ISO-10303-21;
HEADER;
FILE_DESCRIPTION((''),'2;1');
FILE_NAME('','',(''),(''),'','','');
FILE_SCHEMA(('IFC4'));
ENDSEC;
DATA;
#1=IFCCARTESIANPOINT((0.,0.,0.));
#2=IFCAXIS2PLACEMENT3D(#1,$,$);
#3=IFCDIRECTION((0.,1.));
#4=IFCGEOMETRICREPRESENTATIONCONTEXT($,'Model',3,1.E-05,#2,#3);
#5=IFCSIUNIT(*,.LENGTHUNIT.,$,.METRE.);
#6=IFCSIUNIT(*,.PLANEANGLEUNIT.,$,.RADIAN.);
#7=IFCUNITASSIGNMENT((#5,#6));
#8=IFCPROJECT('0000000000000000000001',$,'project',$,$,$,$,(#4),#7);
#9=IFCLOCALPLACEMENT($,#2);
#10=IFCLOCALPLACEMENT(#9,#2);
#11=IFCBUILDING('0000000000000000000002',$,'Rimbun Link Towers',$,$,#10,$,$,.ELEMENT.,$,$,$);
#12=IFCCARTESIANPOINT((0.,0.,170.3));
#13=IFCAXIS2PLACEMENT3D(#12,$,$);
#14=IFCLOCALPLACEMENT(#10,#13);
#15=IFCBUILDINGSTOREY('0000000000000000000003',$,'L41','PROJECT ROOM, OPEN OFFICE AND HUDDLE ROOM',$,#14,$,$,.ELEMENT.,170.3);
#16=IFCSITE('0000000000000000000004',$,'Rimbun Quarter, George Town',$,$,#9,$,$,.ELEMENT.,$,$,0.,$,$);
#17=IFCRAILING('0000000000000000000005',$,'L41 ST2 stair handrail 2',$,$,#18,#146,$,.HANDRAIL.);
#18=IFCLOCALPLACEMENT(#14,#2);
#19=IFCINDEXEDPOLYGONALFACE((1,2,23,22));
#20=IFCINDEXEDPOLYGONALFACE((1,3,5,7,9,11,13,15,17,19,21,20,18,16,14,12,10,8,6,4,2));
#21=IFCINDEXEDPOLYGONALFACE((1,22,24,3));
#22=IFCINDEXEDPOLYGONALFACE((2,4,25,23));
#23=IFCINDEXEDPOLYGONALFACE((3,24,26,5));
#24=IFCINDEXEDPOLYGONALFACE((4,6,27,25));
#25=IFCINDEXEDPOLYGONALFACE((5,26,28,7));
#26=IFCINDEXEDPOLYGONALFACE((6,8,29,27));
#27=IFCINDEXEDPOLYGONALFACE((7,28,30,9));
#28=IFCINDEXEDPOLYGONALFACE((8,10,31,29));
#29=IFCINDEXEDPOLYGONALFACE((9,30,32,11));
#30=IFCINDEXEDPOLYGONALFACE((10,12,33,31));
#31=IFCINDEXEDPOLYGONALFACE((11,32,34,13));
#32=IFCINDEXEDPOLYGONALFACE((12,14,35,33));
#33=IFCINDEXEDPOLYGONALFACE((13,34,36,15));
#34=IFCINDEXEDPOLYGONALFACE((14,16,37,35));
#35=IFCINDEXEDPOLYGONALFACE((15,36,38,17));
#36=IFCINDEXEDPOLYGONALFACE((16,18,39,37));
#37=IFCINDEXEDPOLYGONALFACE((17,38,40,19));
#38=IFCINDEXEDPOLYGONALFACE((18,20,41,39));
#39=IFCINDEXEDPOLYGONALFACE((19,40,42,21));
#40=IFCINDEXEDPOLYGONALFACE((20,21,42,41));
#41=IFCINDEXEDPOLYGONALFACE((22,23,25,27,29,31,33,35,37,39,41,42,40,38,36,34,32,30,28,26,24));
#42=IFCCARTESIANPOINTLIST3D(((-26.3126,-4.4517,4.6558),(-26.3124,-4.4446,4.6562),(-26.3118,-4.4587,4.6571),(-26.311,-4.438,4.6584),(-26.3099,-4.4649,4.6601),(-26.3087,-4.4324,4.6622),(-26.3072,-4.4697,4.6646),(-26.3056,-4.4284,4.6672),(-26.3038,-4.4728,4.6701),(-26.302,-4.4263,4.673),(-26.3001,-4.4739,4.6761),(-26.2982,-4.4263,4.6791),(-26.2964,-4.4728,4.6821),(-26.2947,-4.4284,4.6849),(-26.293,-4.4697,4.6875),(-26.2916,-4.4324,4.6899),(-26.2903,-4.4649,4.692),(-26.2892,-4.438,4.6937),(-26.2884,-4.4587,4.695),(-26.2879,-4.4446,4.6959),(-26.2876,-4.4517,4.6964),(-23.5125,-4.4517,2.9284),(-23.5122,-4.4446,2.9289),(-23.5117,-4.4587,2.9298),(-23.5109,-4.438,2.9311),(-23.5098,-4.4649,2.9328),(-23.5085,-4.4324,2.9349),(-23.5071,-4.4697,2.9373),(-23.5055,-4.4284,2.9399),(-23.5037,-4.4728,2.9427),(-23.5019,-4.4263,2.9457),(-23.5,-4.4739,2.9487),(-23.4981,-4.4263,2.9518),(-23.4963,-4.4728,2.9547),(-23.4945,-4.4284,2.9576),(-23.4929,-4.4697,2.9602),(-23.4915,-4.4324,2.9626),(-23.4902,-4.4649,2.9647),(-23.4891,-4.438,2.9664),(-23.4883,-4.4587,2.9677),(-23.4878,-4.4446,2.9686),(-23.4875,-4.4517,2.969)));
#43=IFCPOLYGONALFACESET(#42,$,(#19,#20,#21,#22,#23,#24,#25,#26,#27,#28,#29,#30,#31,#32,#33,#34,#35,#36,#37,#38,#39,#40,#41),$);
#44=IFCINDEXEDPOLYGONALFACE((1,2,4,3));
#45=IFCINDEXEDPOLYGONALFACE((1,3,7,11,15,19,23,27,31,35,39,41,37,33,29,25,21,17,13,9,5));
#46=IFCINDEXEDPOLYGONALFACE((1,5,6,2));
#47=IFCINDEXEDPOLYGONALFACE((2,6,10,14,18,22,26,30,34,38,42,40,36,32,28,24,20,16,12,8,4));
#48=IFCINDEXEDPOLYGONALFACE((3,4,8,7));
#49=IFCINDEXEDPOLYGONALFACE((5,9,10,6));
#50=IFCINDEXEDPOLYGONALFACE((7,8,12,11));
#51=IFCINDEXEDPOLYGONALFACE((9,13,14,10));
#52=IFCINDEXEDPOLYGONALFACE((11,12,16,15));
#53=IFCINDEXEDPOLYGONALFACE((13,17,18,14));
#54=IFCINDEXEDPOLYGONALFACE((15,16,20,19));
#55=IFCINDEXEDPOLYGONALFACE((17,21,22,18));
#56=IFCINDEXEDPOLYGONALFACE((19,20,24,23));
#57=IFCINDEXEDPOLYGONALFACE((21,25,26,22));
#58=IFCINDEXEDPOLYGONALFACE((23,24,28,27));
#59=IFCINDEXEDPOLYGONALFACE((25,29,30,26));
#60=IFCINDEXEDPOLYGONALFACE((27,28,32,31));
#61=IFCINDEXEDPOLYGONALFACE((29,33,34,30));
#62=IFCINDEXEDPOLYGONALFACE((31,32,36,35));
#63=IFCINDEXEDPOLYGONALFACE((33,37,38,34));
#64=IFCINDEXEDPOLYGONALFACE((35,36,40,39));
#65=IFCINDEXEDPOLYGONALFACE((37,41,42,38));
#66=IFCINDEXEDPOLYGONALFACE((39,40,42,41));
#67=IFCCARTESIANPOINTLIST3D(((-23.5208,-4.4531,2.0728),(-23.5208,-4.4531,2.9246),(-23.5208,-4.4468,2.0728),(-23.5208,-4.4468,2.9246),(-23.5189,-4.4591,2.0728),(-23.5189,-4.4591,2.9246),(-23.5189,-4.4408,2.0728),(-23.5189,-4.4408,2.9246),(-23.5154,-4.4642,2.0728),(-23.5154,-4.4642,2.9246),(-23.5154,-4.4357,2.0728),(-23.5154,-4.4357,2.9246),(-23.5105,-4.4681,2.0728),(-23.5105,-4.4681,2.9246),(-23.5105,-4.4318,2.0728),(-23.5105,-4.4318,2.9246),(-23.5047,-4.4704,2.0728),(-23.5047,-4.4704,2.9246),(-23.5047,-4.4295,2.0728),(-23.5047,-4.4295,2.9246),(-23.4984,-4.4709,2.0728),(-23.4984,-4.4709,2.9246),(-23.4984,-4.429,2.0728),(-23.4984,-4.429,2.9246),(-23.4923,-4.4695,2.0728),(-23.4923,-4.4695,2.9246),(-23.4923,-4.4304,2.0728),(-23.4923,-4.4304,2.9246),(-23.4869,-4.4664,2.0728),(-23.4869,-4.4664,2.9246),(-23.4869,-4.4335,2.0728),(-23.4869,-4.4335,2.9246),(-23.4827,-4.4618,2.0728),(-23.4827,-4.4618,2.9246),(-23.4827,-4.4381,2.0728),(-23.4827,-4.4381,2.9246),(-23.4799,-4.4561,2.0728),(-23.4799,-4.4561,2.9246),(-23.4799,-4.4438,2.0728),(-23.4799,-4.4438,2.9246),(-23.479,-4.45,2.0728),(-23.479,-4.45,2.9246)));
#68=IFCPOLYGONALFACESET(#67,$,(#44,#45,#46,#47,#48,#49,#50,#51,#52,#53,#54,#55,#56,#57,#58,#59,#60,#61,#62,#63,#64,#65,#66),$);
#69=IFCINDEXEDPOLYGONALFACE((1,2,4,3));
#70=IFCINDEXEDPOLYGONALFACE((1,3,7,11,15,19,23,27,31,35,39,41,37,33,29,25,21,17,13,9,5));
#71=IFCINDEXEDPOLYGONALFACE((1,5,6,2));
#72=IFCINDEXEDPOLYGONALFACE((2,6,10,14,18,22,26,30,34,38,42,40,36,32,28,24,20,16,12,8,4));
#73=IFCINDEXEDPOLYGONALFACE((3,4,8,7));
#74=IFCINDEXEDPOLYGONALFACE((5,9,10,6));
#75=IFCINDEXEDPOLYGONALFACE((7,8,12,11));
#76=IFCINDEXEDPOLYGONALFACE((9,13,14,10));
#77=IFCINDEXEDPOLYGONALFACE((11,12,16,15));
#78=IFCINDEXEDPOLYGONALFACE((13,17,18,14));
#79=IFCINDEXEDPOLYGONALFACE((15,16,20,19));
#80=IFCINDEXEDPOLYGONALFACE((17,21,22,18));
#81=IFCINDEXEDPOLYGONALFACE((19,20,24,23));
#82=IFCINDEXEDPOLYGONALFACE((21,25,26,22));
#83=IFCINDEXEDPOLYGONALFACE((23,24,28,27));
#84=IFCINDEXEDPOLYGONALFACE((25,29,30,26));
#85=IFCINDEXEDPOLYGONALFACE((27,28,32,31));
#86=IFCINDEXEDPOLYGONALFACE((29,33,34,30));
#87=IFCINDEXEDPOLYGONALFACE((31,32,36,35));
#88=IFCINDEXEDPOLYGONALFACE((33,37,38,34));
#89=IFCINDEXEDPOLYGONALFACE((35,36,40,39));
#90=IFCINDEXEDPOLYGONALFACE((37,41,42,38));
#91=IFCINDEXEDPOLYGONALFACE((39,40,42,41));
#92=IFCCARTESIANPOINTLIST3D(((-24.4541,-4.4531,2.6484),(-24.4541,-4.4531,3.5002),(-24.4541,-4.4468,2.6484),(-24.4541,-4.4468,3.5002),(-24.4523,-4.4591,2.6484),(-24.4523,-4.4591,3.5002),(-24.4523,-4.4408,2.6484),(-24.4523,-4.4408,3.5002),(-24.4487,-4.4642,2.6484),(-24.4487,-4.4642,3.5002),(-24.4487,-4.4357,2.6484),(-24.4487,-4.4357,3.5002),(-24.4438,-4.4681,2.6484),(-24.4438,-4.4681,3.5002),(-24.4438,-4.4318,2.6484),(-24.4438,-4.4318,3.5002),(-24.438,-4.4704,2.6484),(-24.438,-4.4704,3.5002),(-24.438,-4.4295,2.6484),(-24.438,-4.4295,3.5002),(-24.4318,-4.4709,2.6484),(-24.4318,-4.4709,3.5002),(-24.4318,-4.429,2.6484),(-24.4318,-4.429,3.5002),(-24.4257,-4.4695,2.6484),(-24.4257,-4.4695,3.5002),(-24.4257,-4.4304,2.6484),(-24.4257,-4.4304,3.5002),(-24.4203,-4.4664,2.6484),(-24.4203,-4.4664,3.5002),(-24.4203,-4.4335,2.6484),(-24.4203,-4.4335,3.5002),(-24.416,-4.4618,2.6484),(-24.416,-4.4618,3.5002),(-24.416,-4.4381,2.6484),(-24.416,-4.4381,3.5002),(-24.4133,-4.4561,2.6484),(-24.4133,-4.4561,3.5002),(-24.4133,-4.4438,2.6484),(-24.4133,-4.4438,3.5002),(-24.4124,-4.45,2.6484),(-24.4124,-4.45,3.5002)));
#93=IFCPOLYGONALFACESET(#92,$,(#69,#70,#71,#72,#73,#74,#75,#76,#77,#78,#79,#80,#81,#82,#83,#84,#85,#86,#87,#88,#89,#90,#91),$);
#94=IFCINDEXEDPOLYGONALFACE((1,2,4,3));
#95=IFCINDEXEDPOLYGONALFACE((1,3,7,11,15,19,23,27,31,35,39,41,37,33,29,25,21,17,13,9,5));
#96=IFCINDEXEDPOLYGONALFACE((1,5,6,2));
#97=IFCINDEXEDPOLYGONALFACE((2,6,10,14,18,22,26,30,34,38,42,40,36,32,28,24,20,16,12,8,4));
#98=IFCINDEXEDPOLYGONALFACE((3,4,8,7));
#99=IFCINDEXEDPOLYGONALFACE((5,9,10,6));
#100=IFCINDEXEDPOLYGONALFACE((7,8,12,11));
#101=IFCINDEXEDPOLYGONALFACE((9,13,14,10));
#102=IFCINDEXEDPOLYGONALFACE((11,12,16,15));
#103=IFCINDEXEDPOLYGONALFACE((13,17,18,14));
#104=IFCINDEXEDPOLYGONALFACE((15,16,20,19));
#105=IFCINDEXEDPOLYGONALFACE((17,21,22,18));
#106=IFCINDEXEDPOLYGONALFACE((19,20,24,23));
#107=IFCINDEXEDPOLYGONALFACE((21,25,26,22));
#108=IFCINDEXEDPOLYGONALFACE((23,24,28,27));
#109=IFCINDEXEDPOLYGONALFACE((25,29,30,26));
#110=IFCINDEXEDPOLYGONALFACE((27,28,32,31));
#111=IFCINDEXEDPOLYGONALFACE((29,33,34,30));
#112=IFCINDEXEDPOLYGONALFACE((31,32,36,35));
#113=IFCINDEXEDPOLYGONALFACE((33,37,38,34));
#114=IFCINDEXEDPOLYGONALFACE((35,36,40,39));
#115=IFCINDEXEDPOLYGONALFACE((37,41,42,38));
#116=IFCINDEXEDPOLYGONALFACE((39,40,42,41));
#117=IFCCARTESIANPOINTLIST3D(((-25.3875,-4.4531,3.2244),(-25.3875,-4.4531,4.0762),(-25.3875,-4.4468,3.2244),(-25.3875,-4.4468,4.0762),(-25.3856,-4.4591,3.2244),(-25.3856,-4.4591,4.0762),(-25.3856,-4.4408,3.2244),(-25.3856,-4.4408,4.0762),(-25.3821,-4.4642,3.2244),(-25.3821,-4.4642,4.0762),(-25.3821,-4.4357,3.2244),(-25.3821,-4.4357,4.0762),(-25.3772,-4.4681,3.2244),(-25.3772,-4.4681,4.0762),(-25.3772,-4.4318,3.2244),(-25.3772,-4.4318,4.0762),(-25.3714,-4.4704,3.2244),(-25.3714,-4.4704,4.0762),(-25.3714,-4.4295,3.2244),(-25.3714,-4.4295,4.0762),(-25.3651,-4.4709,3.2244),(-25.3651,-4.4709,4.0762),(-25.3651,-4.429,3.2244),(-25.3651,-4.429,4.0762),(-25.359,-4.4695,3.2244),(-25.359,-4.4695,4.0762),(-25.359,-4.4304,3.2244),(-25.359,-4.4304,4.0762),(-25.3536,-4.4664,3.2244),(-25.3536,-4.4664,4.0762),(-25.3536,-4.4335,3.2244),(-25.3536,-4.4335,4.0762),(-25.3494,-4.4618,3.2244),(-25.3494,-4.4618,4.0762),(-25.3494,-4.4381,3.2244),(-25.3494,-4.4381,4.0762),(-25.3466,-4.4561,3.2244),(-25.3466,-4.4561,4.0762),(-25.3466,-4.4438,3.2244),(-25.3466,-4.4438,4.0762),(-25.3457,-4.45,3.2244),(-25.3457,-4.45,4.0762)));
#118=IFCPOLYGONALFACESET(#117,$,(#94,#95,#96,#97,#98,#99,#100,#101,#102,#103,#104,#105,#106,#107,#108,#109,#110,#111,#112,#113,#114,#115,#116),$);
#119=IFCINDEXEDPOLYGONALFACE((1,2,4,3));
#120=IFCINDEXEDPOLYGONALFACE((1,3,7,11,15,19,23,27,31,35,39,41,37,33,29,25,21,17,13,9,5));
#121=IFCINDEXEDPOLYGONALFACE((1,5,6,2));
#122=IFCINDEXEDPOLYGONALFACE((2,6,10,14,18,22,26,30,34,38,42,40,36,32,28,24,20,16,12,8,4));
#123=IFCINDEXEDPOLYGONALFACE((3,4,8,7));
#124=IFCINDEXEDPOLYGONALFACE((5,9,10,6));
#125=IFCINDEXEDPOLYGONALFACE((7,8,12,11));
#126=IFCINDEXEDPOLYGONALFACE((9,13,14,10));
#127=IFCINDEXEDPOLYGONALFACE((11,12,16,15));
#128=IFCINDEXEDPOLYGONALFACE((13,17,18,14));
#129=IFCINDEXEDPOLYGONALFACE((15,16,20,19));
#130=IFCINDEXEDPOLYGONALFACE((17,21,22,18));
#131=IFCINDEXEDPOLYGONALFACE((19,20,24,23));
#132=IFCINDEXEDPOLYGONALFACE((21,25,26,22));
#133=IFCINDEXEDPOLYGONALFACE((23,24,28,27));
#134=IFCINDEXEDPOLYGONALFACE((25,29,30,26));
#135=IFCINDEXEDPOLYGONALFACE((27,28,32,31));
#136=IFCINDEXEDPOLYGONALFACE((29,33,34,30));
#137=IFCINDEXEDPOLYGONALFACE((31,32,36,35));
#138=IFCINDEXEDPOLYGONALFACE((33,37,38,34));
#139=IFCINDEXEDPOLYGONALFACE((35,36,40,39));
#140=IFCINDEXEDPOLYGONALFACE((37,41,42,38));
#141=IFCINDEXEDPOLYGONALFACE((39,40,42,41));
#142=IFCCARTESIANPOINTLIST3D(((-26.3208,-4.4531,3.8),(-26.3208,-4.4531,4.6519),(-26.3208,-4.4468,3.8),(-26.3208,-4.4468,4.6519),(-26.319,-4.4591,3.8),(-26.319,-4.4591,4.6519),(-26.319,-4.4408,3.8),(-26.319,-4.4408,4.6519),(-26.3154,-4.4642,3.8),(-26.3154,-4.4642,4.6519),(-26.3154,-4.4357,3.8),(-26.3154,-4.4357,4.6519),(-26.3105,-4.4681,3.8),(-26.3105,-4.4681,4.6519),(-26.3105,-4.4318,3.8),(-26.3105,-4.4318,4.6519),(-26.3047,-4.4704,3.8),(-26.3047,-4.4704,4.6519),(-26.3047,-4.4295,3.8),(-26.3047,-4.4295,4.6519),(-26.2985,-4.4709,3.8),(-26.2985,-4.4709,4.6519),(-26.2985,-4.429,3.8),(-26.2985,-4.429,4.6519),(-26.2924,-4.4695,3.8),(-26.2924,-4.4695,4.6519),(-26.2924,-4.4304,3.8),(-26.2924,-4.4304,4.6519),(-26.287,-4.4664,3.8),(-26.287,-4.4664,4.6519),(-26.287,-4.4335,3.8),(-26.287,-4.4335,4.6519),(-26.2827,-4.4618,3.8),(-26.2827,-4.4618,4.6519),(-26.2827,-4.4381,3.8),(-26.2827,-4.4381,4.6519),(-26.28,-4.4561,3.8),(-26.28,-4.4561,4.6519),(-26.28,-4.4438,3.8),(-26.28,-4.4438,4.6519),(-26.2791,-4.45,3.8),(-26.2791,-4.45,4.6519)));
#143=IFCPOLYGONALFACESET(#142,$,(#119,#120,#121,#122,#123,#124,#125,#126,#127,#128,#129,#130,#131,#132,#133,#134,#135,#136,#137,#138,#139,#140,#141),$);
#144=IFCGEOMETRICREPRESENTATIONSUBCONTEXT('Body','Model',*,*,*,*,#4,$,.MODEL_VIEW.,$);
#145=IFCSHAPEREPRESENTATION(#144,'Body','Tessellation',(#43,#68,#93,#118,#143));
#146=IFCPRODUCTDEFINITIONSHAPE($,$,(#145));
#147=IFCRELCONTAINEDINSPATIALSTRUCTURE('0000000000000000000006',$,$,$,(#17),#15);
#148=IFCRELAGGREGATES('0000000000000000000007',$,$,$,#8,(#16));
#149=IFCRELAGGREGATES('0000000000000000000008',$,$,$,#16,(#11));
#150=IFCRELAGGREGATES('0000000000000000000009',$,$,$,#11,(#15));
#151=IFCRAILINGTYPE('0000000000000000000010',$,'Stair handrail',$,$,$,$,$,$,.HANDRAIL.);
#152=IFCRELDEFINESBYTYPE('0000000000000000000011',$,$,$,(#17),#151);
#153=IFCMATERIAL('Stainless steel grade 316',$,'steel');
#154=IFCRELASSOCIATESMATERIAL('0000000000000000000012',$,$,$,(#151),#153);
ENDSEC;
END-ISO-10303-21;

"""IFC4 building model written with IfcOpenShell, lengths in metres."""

from ifc_helpers import new_model, si_unit, direction, frame, origin, origin_2d, place, context, subcontext, project, spatial, circle, extrude, material, type_object, element, save


model = new_model("IFC4")

# Units and contexts
model_context = context("Model", 3, precision=1e-05, world=origin(), true_north=direction((0.0, 1.0)))
body_context = subcontext(model_context, "Body", "Model", "MODEL_VIEW")
ifc_project = project(units=[si_unit("LENGTHUNIT", "METRE"), si_unit("PLANEANGLEUNIT", "RADIAN")], contexts=[model_context])

# Site, building, storey
site_placement = place(None, origin())
site = spatial("IfcSite", under=ifc_project, at=site_placement, Name="Rimbun Quarter, George Town", CompositionType="ELEMENT", RefElevation=0.0)
building_placement = place(site_placement, origin())
building = spatial("IfcBuilding", under=site, at=building_placement, Name="Rimbun Link Towers", CompositionType="ELEMENT")
storey_placement = place(building_placement, frame((0.0, 0.0, 170.3)))
storey = spatial("IfcBuildingStorey", under=building, at=storey_placement, Name="L41", Description="PROJECT ROOM, OPEN OFFICE AND HUDDLE ROOM", CompositionType="ELEMENT", Elevation=170.3)

# Railing
ifc_material_1 = material(Name="Stainless steel grade 316", Category="steel")
railing_type_1 = type_object("IfcRailingType", Name="Stair handrail", PredefinedType="HANDRAIL", material=ifc_material_1)
railing_1_placement = place(storey_placement, frame((-23.5, -4.45, 2.0728)))
element("IfcRailing", 1, at=railing_1_placement, inside=storey, type_object=railing_type_1, Name="L41 ST2 stair handrail 2", PredefinedType="HANDRAIL", context=body_context, shape_type="SweptSolid", body=[
    extrude(circle(Radius=0.0239, at=origin_2d()), frame((0.0, 0.0, 0.876), z_axis=(-0.85109, 0.0, 0.52502), x_axis=(0.0, -1.0, 0.0)), (0.0, 0.0, 1.0), 3.29),
    extrude(circle(Radius=0.021, at=origin_2d()), origin(), (0.0, 0.0, 1.0), 0.8518),
    extrude(circle(Radius=0.021, at=origin_2d()), frame((-0.9333, 0.0, 0.5757)), (0.0, 0.0, 1.0), 0.8518),
    extrude(circle(Radius=0.021, at=origin_2d()), frame((-1.8667, 0.0, 1.1516)), (0.0, 0.0, 1.0), 0.8518),
    extrude(circle(Radius=0.021, at=origin_2d()), frame((-2.8, 0.0, 1.7273)), (0.0, 0.0, 1.0), 0.8518),
])

save(model, "model.ifc")
